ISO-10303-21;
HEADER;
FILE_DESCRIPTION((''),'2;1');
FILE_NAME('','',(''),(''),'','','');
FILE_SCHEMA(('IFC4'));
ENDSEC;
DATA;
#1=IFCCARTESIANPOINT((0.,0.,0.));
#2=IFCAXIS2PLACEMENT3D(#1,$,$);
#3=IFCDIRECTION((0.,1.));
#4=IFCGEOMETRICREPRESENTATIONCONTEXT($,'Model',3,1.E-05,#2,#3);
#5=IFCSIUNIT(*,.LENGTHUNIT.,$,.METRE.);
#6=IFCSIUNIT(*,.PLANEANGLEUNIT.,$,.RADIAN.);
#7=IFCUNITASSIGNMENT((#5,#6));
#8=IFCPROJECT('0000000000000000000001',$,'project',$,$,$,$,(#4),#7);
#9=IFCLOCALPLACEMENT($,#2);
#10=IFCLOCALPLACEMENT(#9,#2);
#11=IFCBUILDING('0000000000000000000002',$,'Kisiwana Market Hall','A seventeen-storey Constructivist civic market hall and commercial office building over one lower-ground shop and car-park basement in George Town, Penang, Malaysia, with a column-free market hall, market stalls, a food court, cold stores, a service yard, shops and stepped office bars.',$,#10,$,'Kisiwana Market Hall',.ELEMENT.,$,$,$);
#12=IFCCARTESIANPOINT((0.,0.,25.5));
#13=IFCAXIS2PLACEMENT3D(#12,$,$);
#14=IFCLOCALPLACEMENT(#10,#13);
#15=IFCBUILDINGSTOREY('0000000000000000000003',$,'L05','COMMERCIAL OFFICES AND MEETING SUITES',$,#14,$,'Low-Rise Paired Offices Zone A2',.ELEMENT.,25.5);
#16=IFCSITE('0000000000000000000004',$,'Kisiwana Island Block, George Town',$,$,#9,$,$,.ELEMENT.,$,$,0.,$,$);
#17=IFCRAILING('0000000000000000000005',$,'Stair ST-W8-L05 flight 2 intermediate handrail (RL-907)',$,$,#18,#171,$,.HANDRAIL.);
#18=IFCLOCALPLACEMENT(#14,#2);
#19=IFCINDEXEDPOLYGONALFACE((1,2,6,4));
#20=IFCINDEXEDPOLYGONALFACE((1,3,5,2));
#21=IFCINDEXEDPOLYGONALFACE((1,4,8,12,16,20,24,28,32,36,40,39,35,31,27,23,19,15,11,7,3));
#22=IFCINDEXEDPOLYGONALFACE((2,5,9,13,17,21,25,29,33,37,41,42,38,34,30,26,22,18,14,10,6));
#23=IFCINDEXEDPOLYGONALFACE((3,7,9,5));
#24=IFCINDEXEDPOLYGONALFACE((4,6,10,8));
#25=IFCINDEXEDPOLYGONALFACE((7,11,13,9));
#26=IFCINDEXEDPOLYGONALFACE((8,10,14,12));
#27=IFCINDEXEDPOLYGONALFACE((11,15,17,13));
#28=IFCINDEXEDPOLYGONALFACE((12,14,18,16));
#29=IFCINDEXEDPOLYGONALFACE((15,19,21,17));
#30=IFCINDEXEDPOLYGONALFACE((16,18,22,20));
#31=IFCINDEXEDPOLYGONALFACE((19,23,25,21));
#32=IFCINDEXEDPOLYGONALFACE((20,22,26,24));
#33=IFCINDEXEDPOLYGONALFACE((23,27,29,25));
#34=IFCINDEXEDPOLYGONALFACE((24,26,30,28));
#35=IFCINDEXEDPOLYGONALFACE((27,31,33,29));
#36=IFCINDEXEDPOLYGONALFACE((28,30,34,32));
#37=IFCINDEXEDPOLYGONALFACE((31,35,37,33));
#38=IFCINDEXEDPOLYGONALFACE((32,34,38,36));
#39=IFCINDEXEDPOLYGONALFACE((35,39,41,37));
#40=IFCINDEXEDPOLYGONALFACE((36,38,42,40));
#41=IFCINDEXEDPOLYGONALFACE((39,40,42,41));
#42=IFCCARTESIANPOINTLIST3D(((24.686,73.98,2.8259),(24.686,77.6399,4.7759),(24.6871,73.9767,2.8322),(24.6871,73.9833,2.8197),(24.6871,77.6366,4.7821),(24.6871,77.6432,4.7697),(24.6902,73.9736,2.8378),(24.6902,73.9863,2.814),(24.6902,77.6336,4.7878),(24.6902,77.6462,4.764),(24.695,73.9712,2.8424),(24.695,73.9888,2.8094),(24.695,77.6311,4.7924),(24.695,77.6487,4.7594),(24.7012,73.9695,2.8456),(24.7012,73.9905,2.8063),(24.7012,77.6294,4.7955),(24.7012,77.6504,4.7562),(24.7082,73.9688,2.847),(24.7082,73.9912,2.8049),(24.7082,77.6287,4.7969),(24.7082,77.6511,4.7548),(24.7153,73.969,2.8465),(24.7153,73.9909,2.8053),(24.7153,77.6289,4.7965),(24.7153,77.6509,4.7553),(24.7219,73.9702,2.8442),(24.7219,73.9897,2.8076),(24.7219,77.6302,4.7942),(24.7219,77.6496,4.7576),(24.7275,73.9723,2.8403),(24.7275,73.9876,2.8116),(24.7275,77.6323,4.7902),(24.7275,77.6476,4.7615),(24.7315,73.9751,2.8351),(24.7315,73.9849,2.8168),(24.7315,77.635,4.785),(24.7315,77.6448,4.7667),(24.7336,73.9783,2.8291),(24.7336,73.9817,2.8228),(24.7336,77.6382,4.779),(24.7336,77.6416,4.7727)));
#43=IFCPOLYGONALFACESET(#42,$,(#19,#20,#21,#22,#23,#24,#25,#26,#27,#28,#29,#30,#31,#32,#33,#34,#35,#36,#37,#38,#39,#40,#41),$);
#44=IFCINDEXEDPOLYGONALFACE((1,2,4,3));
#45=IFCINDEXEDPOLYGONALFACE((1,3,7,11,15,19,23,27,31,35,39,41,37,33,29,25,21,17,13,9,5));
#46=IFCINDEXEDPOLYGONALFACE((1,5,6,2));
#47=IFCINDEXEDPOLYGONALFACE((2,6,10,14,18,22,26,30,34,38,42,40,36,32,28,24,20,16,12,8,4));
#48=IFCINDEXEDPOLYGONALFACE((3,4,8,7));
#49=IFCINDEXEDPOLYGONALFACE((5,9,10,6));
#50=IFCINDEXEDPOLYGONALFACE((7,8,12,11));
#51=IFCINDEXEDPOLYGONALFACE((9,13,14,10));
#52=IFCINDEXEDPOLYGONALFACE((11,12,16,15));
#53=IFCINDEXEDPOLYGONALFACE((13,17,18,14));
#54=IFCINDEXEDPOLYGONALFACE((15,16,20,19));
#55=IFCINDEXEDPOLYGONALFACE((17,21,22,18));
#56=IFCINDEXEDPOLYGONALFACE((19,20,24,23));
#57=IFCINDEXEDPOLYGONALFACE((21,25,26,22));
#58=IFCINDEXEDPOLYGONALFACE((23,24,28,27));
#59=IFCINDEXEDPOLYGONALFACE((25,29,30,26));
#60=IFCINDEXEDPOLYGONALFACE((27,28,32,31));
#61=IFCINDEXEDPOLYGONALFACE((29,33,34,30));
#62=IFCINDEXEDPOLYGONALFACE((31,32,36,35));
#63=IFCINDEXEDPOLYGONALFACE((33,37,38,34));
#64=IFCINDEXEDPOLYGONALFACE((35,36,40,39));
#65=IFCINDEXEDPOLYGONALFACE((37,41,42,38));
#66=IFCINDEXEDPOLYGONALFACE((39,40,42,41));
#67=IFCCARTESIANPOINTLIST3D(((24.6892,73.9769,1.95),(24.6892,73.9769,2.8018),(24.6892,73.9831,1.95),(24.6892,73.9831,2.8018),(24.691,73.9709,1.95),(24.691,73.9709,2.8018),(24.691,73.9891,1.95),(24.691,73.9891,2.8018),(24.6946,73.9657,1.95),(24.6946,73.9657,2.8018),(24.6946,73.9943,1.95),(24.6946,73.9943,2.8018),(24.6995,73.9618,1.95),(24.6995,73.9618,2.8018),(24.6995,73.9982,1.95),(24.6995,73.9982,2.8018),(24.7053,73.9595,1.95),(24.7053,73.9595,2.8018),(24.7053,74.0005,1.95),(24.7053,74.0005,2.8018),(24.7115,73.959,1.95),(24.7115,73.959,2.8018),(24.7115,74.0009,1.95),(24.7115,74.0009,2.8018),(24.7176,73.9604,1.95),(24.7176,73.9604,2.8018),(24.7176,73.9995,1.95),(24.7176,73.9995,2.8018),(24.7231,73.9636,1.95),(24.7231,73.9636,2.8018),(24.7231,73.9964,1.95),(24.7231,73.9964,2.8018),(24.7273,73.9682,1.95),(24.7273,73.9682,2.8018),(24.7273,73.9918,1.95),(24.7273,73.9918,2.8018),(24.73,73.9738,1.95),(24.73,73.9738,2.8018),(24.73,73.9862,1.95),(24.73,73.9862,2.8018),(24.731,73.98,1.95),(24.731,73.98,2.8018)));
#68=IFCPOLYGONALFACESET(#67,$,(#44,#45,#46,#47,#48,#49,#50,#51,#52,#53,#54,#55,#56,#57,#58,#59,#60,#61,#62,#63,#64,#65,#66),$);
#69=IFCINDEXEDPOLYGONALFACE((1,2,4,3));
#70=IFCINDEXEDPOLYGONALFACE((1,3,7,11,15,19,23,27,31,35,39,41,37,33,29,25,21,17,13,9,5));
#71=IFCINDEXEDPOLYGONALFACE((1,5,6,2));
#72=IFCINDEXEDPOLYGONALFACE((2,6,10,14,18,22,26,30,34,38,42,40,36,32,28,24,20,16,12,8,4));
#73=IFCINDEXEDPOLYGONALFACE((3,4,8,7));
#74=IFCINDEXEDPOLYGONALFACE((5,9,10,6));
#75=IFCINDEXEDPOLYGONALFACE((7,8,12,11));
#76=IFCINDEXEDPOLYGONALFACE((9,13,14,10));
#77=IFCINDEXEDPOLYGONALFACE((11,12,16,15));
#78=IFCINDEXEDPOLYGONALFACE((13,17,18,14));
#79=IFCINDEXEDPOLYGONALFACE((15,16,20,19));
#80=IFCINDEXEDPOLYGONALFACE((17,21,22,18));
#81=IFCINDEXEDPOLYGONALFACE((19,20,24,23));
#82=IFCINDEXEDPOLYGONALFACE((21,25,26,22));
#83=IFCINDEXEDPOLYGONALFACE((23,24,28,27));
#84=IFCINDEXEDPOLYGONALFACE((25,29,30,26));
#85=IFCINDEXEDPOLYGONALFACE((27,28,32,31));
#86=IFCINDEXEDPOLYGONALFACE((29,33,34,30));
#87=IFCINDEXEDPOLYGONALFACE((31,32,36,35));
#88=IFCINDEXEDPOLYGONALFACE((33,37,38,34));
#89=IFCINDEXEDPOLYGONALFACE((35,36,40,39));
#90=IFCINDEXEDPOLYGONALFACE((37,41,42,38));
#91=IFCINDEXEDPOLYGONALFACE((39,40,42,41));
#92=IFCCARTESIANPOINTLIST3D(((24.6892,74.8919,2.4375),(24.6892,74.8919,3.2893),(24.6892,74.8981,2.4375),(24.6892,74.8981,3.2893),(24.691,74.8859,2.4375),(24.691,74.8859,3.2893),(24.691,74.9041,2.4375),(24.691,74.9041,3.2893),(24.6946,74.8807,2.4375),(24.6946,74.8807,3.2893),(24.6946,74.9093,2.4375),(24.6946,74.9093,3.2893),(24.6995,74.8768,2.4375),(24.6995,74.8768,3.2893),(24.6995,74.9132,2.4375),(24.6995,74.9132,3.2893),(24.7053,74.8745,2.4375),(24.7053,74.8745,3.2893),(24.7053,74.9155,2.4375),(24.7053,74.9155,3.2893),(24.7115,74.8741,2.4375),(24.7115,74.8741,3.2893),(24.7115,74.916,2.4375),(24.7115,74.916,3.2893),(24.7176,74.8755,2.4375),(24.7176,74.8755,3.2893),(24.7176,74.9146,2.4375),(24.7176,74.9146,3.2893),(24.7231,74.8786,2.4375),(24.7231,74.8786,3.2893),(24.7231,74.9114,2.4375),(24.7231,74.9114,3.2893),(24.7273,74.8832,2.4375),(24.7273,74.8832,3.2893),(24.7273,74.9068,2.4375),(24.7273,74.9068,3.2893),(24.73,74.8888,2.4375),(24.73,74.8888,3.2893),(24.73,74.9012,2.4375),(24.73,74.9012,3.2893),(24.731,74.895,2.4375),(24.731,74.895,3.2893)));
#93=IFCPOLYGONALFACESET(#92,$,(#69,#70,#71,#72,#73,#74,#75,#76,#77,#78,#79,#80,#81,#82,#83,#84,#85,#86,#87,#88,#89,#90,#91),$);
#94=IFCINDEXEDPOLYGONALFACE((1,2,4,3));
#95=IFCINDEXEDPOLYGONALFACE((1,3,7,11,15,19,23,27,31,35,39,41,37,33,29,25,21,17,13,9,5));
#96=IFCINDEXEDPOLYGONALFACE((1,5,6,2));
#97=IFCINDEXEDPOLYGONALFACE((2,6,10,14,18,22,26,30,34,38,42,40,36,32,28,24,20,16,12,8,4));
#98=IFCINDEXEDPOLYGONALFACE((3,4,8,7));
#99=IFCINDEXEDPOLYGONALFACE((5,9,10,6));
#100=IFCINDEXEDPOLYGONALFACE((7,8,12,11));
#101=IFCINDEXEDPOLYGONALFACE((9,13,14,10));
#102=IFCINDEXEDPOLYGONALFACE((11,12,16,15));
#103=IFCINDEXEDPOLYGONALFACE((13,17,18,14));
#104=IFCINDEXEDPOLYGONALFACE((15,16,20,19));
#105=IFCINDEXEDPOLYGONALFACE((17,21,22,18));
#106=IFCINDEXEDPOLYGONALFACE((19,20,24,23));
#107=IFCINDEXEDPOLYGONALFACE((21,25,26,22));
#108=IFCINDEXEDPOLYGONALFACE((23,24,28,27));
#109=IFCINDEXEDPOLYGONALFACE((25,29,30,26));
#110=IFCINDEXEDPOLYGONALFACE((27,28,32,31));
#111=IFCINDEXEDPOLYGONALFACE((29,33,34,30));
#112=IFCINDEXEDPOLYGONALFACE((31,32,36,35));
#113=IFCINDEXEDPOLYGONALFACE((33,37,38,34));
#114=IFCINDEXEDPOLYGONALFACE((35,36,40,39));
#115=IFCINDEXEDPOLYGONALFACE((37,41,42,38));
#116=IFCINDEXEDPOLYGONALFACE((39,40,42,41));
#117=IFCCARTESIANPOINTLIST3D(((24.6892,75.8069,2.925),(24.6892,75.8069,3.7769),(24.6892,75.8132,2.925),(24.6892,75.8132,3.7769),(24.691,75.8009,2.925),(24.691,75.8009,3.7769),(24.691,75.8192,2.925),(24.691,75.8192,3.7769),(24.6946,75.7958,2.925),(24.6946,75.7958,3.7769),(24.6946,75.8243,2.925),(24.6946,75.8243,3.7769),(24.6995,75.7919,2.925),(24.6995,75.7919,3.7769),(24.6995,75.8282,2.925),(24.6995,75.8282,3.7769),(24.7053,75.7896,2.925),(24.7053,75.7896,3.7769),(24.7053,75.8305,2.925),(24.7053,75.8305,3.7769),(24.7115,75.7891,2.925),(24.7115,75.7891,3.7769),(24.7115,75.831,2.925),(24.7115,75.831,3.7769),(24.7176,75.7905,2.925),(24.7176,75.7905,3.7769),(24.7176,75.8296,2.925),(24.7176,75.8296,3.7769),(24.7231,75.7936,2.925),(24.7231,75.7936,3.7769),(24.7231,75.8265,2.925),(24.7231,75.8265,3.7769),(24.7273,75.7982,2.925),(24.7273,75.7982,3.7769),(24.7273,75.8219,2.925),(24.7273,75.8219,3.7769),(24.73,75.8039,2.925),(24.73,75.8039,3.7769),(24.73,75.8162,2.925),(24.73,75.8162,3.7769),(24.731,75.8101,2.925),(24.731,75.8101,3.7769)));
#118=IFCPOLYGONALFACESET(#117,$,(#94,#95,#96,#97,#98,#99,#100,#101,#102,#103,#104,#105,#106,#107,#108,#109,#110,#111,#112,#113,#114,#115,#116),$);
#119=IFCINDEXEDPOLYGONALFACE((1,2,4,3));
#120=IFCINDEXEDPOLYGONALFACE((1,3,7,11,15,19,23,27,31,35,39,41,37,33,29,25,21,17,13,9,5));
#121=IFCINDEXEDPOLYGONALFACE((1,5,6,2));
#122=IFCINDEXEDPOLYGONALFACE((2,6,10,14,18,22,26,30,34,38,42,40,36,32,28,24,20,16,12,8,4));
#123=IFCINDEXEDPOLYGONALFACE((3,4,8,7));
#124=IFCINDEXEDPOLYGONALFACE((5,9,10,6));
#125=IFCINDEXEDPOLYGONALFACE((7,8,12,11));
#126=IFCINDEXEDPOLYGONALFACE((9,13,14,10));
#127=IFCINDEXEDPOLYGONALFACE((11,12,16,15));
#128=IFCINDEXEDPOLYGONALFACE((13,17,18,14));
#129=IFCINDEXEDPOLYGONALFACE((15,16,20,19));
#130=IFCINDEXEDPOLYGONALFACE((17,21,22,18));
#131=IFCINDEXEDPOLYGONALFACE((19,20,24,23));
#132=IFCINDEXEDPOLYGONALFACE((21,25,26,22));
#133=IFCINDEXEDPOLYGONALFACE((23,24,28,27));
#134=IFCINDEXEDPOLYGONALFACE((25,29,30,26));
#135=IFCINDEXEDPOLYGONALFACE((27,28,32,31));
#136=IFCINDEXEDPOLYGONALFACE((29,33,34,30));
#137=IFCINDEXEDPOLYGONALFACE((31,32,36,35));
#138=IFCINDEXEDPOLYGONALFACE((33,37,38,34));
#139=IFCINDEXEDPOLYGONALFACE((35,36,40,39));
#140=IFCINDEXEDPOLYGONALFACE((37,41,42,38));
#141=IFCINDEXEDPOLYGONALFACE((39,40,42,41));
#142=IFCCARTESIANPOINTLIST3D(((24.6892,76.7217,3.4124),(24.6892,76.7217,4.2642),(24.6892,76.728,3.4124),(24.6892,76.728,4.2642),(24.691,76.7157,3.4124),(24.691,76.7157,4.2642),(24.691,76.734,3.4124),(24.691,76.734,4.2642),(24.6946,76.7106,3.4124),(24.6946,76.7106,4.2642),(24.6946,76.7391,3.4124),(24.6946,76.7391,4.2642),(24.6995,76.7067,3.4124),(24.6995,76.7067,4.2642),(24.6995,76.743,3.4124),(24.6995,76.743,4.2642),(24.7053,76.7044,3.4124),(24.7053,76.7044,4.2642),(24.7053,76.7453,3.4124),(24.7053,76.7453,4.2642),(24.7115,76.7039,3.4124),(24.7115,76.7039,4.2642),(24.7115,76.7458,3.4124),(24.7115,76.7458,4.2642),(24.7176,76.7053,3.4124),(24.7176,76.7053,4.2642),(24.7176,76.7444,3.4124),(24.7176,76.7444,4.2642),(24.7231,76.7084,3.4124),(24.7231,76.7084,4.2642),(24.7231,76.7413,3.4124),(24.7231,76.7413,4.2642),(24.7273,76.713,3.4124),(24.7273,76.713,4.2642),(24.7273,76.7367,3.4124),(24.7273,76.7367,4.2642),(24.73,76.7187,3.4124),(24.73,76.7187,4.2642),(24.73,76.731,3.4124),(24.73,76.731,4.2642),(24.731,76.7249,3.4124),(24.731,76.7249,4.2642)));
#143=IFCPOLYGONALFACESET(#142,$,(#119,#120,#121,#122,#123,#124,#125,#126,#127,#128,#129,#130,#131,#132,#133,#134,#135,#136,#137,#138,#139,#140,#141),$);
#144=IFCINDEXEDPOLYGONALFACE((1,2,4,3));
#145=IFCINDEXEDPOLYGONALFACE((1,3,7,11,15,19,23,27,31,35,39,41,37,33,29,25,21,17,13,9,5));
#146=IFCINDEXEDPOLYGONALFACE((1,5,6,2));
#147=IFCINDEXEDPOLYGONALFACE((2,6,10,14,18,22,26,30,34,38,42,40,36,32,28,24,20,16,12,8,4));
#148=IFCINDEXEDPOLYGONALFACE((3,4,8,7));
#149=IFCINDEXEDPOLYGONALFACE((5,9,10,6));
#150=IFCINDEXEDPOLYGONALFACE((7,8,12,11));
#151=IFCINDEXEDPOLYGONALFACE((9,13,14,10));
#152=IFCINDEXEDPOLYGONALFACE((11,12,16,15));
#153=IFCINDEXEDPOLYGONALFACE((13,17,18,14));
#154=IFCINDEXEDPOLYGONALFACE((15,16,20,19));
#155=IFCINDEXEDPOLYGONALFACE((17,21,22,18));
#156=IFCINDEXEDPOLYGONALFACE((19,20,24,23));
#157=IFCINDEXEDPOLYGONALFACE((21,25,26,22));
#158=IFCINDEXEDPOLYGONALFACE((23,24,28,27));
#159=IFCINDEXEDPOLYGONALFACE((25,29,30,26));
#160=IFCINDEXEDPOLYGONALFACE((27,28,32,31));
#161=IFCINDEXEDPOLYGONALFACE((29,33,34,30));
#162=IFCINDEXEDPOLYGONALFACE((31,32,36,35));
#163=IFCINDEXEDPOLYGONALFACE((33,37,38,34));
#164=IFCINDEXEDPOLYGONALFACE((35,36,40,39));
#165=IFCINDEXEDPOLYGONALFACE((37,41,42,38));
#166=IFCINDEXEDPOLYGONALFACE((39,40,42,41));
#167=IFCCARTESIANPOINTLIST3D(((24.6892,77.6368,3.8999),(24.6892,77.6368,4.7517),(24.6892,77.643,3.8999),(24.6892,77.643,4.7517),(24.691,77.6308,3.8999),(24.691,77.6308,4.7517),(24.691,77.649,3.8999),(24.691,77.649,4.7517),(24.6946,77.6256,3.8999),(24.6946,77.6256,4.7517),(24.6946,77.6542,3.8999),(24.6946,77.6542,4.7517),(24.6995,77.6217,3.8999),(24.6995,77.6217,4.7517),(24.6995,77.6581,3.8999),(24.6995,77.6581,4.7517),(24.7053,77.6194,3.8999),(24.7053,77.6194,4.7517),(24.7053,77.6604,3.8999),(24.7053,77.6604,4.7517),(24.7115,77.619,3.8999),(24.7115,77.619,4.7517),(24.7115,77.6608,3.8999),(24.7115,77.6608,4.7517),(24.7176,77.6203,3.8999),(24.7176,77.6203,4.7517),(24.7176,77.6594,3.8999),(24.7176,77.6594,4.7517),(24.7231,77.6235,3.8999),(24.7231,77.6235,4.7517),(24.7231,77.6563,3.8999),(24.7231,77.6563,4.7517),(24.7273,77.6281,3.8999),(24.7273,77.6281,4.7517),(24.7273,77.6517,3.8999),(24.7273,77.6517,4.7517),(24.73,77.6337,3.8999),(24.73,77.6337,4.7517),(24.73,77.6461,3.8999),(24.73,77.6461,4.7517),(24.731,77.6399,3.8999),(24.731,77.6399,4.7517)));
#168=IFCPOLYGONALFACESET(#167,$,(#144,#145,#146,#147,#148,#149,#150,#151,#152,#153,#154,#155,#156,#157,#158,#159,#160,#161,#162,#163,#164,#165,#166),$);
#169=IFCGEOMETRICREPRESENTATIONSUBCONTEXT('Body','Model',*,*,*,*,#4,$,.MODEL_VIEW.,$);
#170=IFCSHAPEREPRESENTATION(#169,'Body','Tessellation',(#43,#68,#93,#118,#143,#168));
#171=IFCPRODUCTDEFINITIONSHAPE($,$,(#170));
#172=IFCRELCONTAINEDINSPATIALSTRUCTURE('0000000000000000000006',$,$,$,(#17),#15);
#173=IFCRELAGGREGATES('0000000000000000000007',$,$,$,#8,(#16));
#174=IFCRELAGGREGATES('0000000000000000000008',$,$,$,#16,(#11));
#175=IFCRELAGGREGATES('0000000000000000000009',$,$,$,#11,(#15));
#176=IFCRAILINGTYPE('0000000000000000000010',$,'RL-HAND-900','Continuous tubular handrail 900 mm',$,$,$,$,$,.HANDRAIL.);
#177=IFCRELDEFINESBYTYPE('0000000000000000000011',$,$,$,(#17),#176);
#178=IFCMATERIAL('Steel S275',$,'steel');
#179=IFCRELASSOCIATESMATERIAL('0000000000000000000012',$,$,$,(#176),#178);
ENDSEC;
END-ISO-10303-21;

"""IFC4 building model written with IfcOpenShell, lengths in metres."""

from ifc_helpers import new_model, si_unit, direction, frame, origin, origin_2d, place, context, subcontext, project, spatial, circle, extrude, material, type_object, element, save


model = new_model("IFC4")

# Units and contexts
model_context = context("Model", 3, precision=1e-05, world=origin(), true_north=direction((0.0, 1.0)))
body_context = subcontext(model_context, "Body", "Model", "MODEL_VIEW")
ifc_project = project(units=[si_unit("LENGTHUNIT", "METRE"), si_unit("PLANEANGLEUNIT", "RADIAN")], contexts=[model_context])

# Site, building, storey
site_placement = place(None, origin())
site = spatial("IfcSite", under=ifc_project, at=site_placement, Name="Kisiwana Island Block, George Town", CompositionType="ELEMENT", RefElevation=0.0)
building_placement = place(site_placement, origin())
building = spatial("IfcBuilding", under=site, at=building_placement, Name="Kisiwana Market Hall", Description="A seventeen-storey Constructivist civic market hall and commercial office building over one lower-ground shop and car-park basement in George Town, Penang, Malaysia, with a column-free market hall, market stalls, a food court, cold stores, a service yard, shops and stepped office bars.", LongName="Kisiwana Market Hall", CompositionType="ELEMENT")
storey_placement = place(building_placement, frame((0.0, 0.0, 25.5)))
storey = spatial("IfcBuildingStorey", under=building, at=storey_placement, Name="L05", Description="COMMERCIAL OFFICES AND MEETING SUITES", LongName="Low-Rise Paired Offices Zone A2", CompositionType="ELEMENT", Elevation=25.5)

# Railing
ifc_material_1 = material(Name="Steel S275", Category="steel")
railing_type_1 = type_object("IfcRailingType", Name="RL-HAND-900", Description="Continuous tubular handrail 900 mm", PredefinedType="HANDRAIL", material=ifc_material_1)
for number, where, name in (
    (1, (24.71, 73.98, 1.95), "Stair ST-W8-L05 flight 2 intermediate handrail (RL-907)"),
):
    element("IfcRailing", number, at=place(storey_placement, frame(where)), inside=storey, type_object=railing_type_1, Name=name, PredefinedType="HANDRAIL", context=body_context, shape_type="SweptSolid", body=[
        extrude(circle(Radius=0.0239, at=origin_2d()), frame((0.0, 0.0, 0.876), z_axis=(0.0, 0.882553, 0.470212), x_axis=(-1.0, 0.0, 0.0)), (0.0, 0.0, 1.0), 4.147),
        extrude(circle(Radius=0.021, at=origin_2d()), origin(), (0.0, 0.0, 1.0), 0.8518),
        extrude(circle(Radius=0.021, at=origin_2d()), frame((0.0, 0.915, 0.4875)), (0.0, 0.0, 1.0), 0.8518),
        extrude(circle(Radius=0.021, at=origin_2d()), frame((0.0, 1.8301, 0.9751)), (0.0, 0.0, 1.0), 0.8518),
        extrude(circle(Radius=0.021, at=origin_2d()), frame((0.0, 2.7449, 1.4624)), (0.0, 0.0, 1.0), 0.8518),
        extrude(circle(Radius=0.021, at=origin_2d()), frame((0.0, 3.6599, 1.95)), (0.0, 0.0, 1.0), 0.8518),
    ])

save(model, "model.ifc")
